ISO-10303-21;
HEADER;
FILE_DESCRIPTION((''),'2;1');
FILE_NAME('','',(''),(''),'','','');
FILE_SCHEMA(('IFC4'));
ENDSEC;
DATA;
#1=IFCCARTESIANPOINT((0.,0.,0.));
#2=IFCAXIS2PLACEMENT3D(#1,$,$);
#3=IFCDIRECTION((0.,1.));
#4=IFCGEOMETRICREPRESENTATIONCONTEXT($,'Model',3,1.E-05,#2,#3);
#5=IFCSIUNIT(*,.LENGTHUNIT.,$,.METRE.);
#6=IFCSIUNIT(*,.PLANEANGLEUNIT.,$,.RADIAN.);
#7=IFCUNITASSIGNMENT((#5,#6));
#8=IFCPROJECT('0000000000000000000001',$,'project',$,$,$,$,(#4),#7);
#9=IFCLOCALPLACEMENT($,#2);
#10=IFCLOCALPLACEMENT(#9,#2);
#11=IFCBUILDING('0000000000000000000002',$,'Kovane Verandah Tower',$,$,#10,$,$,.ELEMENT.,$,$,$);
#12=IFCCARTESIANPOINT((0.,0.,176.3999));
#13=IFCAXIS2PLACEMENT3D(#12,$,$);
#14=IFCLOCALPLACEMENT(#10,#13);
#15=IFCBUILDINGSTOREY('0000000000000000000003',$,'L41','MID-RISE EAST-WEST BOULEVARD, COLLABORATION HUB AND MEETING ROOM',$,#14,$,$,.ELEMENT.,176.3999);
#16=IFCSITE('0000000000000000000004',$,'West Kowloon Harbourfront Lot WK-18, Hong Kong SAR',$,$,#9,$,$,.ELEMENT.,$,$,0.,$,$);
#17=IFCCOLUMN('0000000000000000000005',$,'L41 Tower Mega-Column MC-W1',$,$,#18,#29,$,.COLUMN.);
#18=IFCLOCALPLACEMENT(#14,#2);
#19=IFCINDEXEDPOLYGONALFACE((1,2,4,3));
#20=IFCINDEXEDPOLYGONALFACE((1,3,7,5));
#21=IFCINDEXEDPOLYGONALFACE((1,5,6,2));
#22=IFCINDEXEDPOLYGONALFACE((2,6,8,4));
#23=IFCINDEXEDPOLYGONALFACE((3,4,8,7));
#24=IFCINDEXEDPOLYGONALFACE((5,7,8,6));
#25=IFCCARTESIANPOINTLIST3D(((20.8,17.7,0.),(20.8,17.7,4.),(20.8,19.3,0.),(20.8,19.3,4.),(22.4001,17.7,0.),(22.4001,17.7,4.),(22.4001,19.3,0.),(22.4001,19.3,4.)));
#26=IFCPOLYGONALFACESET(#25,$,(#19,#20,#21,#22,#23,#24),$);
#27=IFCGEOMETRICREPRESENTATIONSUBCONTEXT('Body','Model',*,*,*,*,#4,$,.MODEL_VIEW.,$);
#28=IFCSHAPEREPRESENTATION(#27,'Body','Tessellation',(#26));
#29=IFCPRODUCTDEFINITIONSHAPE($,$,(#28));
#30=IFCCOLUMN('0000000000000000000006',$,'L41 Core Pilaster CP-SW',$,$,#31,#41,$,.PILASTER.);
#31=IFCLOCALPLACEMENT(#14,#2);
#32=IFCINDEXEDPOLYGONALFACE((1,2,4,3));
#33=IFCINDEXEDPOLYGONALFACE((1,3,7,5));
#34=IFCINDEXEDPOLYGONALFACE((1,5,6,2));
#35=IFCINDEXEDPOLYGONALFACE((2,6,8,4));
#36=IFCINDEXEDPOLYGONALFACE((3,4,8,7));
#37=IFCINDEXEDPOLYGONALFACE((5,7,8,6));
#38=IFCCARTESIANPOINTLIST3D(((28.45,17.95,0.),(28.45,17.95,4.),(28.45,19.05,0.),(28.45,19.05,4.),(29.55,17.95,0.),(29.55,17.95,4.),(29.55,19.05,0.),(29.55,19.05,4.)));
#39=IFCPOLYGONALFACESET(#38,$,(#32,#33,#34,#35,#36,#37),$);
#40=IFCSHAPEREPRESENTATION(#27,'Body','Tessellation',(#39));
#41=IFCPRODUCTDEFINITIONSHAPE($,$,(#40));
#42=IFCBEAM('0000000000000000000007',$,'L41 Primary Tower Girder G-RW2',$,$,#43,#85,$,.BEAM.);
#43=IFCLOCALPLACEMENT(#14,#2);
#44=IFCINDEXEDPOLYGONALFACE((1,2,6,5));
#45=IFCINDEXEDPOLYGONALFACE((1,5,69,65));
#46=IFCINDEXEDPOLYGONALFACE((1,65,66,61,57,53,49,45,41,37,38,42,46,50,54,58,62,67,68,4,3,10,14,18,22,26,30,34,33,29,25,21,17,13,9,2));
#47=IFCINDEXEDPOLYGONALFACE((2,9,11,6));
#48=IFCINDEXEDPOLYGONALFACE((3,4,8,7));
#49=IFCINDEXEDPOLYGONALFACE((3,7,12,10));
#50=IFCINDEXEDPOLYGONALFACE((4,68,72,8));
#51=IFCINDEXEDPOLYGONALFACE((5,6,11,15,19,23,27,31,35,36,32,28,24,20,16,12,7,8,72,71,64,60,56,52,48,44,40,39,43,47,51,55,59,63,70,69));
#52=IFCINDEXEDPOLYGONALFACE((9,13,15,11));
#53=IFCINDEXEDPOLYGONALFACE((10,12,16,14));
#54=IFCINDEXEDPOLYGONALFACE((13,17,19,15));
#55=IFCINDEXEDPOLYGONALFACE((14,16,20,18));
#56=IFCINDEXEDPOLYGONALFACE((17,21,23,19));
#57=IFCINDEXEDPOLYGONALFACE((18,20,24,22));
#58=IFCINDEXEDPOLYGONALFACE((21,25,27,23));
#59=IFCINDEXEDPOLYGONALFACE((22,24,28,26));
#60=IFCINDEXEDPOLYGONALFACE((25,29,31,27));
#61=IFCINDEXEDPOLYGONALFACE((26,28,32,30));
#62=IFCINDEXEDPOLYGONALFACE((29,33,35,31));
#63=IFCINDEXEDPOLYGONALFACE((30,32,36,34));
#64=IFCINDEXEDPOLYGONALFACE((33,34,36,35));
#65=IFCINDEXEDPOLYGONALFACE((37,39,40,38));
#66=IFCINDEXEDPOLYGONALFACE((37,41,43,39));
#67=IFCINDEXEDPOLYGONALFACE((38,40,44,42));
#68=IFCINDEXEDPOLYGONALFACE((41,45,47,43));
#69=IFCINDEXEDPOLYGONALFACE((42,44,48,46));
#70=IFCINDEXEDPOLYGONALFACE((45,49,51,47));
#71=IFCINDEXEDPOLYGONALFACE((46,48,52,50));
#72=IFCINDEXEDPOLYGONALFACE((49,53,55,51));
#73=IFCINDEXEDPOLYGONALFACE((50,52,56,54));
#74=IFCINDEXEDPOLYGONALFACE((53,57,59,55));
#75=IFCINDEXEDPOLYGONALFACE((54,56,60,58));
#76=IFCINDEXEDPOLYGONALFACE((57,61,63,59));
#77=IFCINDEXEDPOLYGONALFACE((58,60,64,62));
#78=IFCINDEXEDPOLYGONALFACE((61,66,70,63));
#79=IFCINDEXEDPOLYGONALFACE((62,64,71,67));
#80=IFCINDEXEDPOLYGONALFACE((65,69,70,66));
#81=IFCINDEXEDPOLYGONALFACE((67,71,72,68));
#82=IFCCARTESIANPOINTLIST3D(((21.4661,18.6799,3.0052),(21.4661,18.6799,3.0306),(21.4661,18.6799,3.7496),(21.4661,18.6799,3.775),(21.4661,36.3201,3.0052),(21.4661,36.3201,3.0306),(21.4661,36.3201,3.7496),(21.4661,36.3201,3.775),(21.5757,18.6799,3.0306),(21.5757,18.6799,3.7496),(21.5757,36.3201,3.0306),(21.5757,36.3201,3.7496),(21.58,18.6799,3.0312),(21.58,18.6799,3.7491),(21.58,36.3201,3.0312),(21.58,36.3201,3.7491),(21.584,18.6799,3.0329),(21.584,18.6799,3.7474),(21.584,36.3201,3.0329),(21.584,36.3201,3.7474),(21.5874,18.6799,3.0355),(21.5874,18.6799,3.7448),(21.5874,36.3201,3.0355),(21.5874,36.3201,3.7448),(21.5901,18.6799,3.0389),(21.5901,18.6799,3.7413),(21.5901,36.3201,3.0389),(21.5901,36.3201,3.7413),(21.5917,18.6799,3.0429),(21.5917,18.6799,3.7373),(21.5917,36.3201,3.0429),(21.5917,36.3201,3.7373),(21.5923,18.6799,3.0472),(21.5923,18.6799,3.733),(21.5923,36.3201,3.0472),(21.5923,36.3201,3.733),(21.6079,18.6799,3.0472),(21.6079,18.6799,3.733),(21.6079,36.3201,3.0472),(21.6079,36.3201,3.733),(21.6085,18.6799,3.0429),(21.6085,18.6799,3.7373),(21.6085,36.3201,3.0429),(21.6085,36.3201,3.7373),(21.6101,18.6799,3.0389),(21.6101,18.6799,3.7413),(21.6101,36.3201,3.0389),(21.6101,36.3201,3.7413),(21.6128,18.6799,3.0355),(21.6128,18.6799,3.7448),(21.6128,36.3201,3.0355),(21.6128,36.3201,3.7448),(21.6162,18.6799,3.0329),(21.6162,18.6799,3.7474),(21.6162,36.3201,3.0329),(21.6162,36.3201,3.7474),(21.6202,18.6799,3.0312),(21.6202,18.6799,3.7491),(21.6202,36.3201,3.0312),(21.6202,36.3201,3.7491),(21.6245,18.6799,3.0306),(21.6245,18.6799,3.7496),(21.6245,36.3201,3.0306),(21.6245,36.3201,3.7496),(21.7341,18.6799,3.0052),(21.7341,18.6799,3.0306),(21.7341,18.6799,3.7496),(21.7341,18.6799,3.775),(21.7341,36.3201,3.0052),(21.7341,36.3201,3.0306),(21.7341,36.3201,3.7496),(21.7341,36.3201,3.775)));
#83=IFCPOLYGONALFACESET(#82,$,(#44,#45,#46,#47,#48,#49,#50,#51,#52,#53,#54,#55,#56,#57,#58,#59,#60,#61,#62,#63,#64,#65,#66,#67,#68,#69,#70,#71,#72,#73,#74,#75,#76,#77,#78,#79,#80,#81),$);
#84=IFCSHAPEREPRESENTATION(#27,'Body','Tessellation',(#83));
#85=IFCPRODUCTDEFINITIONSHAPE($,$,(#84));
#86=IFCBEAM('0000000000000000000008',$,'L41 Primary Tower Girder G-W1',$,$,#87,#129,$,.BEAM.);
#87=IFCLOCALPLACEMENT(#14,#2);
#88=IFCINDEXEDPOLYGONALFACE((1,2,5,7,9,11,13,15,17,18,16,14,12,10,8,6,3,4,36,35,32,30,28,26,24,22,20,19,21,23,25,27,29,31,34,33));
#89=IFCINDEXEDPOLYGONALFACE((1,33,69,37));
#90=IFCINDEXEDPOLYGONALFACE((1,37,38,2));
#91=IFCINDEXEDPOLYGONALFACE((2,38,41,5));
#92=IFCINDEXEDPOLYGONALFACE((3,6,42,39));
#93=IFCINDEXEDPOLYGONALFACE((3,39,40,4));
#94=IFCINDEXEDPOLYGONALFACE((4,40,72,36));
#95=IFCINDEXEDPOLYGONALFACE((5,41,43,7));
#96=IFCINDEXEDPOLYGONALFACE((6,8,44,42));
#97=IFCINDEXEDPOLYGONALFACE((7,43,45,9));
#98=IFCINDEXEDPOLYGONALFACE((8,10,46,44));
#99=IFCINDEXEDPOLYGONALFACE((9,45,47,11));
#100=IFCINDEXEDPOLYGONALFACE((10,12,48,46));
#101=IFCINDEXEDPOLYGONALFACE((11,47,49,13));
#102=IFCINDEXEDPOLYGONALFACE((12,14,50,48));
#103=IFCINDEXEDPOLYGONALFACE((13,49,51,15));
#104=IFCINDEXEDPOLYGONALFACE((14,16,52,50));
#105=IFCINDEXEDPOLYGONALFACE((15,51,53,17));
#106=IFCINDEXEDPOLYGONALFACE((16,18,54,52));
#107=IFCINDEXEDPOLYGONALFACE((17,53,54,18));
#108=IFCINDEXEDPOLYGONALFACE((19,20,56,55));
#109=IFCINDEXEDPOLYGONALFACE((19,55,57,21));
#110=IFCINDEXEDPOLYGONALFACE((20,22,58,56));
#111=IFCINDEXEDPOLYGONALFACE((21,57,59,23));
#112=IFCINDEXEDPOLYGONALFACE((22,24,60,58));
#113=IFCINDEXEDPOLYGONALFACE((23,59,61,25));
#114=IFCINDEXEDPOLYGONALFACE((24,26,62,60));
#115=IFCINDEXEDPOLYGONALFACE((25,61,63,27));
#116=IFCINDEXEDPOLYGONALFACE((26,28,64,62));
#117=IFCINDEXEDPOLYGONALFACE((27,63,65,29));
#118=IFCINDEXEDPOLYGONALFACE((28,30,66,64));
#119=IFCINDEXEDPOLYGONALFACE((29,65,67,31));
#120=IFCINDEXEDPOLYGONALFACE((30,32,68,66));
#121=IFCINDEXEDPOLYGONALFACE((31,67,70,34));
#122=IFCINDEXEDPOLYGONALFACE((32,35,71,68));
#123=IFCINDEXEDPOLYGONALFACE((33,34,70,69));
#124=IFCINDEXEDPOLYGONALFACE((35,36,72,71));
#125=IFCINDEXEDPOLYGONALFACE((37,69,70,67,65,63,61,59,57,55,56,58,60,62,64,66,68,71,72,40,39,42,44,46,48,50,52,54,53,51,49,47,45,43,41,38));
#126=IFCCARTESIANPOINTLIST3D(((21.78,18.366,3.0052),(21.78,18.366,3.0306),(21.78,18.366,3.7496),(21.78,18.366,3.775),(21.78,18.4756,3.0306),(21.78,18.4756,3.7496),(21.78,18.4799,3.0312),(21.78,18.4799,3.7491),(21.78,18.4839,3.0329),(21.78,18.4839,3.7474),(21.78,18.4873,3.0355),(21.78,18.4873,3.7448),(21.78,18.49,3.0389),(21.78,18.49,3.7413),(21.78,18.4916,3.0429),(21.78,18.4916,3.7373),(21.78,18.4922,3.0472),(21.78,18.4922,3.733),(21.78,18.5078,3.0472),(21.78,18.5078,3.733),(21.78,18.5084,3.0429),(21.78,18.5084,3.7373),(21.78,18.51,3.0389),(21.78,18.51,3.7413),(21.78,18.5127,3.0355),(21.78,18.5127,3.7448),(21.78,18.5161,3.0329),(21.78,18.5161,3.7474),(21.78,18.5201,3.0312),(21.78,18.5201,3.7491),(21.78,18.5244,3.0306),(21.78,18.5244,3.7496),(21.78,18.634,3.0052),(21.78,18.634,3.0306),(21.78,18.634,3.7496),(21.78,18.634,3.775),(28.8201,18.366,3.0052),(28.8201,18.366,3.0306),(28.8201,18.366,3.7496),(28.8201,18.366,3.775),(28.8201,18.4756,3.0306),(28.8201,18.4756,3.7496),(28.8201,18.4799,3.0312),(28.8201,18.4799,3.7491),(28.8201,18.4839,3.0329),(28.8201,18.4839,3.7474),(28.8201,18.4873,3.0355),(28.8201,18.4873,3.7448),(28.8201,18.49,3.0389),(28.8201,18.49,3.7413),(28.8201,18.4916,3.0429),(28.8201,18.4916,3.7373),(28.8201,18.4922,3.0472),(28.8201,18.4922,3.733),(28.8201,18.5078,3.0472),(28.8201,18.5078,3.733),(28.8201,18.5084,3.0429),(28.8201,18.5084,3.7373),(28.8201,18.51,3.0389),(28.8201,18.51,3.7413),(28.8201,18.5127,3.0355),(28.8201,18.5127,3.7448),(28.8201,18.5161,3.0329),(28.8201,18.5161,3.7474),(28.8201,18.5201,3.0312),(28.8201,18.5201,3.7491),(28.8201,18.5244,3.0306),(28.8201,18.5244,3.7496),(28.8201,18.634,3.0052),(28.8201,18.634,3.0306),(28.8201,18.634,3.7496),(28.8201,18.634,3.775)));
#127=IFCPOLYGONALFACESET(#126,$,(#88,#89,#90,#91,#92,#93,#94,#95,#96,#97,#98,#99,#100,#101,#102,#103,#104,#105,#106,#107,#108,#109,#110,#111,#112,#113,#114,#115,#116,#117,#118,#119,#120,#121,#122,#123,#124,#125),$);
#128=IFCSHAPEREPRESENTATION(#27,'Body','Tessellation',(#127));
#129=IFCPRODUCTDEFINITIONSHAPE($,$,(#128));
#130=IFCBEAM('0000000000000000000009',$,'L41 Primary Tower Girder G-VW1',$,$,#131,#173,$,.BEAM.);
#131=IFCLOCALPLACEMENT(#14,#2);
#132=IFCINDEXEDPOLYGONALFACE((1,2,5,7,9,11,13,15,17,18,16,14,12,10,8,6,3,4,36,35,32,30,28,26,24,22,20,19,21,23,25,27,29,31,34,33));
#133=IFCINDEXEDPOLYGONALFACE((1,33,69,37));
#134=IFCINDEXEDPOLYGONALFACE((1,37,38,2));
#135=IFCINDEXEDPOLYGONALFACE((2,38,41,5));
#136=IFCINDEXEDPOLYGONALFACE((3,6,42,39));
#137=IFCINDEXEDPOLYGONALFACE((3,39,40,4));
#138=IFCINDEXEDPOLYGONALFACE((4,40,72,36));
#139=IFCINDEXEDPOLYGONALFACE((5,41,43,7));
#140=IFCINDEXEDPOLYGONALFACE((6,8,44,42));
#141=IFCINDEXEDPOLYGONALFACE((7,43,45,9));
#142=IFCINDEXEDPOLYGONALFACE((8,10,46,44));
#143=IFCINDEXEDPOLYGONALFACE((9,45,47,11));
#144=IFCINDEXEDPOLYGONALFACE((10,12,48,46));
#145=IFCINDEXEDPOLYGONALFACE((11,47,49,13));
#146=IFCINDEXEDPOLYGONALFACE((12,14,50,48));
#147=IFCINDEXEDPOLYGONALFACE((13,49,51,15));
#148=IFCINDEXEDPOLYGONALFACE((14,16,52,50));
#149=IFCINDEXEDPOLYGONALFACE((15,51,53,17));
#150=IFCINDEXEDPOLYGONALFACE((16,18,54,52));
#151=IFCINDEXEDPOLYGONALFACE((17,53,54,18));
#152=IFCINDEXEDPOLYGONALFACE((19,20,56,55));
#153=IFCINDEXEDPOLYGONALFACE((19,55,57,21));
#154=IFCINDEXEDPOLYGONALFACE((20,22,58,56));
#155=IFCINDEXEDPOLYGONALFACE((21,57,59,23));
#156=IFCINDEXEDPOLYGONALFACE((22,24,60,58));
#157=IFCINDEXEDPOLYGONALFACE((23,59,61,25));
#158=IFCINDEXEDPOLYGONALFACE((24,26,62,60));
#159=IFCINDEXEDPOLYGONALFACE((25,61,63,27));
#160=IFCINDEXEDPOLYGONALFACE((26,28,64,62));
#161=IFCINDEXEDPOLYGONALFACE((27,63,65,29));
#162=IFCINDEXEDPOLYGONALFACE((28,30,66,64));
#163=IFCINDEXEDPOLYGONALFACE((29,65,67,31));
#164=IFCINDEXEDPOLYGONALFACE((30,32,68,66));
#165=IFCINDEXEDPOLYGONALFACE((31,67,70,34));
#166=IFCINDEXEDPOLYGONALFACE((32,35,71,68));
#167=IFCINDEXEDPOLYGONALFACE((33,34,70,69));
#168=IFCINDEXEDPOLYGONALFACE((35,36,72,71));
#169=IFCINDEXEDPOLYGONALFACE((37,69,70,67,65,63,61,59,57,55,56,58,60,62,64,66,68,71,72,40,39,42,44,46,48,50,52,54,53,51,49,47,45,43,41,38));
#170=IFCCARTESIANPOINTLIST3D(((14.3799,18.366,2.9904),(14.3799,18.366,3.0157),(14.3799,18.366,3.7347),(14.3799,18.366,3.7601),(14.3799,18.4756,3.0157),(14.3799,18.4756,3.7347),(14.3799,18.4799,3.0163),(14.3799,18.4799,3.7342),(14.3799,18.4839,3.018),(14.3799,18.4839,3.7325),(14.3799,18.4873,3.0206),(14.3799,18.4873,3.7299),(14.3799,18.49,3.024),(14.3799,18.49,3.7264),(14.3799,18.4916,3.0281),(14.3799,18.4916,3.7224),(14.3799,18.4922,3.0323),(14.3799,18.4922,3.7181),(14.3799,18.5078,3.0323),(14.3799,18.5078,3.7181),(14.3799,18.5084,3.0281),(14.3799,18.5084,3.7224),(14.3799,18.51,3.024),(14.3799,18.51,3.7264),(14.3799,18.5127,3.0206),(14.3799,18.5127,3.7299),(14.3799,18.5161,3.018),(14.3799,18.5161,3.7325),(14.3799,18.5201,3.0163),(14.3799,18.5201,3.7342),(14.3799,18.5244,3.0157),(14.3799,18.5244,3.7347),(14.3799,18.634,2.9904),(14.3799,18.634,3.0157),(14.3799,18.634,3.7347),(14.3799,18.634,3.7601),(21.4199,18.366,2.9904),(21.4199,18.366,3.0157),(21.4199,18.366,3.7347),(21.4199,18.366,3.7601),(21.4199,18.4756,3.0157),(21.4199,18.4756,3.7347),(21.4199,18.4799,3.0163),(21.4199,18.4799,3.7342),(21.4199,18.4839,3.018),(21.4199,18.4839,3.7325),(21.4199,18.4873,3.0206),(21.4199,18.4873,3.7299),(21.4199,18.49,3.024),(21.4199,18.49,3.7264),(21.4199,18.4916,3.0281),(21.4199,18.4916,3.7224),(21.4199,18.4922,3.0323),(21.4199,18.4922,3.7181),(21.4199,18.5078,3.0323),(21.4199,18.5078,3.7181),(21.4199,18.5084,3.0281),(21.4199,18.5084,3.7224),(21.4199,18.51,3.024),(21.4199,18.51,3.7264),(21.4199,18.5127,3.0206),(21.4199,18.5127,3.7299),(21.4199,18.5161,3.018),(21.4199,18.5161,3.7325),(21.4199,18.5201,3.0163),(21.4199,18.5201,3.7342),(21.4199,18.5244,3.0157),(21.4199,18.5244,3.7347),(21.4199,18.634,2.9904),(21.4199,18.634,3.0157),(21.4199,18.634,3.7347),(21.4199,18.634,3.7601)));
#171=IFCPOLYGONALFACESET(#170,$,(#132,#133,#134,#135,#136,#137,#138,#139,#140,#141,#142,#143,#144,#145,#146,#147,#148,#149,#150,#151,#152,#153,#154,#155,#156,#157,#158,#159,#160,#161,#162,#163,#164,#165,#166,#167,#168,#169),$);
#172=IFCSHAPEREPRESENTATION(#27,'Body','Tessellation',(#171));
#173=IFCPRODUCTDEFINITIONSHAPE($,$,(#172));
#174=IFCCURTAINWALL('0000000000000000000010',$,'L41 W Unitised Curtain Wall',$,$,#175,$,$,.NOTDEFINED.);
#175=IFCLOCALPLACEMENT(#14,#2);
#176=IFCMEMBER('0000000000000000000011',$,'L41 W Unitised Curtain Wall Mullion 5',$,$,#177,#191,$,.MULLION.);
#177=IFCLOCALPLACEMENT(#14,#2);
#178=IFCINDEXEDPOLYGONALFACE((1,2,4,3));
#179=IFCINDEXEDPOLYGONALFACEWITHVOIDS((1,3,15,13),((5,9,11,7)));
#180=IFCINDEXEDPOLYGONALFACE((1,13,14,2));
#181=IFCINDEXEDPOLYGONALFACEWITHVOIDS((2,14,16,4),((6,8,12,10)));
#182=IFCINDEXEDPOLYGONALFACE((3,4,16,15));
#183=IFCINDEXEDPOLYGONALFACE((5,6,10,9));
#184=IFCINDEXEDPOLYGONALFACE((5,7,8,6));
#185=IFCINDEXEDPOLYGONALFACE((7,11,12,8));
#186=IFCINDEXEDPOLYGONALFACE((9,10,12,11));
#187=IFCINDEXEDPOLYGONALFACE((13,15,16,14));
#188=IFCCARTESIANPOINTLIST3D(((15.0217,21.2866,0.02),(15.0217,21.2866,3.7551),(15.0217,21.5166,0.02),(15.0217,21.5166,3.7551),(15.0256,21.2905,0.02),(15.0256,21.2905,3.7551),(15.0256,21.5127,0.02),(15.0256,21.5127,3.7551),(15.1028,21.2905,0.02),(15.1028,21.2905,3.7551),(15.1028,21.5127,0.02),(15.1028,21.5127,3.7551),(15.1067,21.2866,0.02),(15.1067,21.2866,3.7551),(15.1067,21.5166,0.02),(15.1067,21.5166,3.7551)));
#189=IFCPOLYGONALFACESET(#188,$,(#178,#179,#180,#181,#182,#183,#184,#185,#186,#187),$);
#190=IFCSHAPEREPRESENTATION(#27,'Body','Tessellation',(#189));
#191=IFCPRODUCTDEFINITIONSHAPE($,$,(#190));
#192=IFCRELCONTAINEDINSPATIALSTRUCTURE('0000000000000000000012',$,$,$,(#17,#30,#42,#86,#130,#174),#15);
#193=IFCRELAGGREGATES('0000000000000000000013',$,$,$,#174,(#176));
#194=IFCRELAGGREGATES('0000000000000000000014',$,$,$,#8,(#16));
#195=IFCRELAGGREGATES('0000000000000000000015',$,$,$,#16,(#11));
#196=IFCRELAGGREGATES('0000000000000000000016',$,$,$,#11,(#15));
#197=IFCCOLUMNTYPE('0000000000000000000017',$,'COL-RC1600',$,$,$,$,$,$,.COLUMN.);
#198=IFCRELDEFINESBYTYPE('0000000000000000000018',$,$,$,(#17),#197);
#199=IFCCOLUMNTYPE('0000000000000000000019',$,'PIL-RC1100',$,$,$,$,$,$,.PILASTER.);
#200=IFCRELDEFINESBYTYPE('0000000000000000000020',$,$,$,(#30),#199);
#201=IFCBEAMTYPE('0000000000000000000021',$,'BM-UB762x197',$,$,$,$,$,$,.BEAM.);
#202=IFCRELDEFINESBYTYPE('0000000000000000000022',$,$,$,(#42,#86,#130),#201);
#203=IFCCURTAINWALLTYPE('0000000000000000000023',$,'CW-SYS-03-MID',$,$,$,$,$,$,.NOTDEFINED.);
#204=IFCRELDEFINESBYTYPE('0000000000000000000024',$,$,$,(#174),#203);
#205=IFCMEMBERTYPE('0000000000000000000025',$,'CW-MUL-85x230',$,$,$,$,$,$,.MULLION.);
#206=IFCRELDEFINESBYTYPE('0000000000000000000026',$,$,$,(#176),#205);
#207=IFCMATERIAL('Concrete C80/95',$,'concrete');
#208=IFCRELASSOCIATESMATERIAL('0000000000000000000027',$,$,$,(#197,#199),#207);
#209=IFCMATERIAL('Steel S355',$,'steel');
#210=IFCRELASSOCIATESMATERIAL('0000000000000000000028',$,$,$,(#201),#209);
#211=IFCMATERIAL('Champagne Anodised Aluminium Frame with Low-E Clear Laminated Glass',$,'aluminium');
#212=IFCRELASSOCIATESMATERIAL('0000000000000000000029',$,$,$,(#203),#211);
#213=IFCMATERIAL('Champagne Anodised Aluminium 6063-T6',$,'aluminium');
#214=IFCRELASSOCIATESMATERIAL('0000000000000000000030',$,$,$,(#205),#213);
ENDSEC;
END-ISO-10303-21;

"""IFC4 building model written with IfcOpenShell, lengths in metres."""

from ifc_helpers import new_model, si_unit, direction, frame, origin, origin_2d, place, context, subcontext, project, spatial, rectangle, hollow_rectangle, i_section, extrude, material, material_profile, profile_set, type_object, element, aggregate, save


model = new_model("IFC4")

# Units and contexts
model_context = context("Model", 3, precision=1e-05, world=origin(), true_north=direction((0.0, 1.0)))
body_context = subcontext(model_context, "Body", "Model", "MODEL_VIEW")
ifc_project = project(units=[si_unit("LENGTHUNIT", "METRE"), si_unit("PLANEANGLEUNIT", "RADIAN")], contexts=[model_context])

# Site, building, storey
site_placement = place(None, origin())
site = spatial("IfcSite", under=ifc_project, at=site_placement, Name="West Kowloon Harbourfront Lot WK-18, Hong Kong SAR", CompositionType="ELEMENT", RefElevation=0.0)
building_placement = place(site_placement, origin())
building = spatial("IfcBuilding", under=site, at=building_placement, Name="Kovane Verandah Tower", CompositionType="ELEMENT")
storey_placement = place(building_placement, frame((0.0, 0.0, 176.3999)))
storey = spatial("IfcBuildingStorey", under=building, at=storey_placement, Name="L41", Description="MID-RISE EAST-WEST BOULEVARD, COLLABORATION HUB AND MEETING ROOM", CompositionType="ELEMENT", Elevation=176.3999)

# Columns
ifc_material_1 = material(Name="Concrete C80/95", Category="concrete")
ifc_material_profile_1 = material_profile(ifc_material_1, rectangle(XDim=1.6001, YDim=1.6001, at=origin_2d()), Name="RC1600x1600")
ifc_profile_set_1 = profile_set([ifc_material_profile_1], Name="Concrete C80/95")
column_type_1 = type_object("IfcColumnType", Name="COL-RC1600", PredefinedType="COLUMN", material=ifc_profile_set_1)
column_1_placement = place(storey_placement, frame((21.6001, 18.5, 0.0), z_axis=(0.0, 0.0, 1.0), x_axis=(1.0, 0.0, 0.0)))
element("IfcColumn", 1, at=column_1_placement, inside=storey, type_object=column_type_1, Name="L41 Tower Mega-Column MC-W1", PredefinedType="COLUMN", context=body_context, shape_type="SweptSolid", body=[
    extrude(rectangle(XDim=1.6001, YDim=1.6001, at=origin_2d()), origin(), (0.0, 0.0, 1.0), 4.0),
])
ifc_material_profile_2 = material_profile(ifc_material_1, rectangle(XDim=1.1001, YDim=1.1001, at=origin_2d()), Name="RC1100x1100")
ifc_profile_set_2 = profile_set([ifc_material_profile_2], Name="Concrete C80/95")
column_type_2 = type_object("IfcColumnType", Name="PIL-RC1100", PredefinedType="PILASTER", material=ifc_profile_set_2)
column_2_placement = place(storey_placement, frame((29.0, 18.5, 0.0), z_axis=(0.0, 0.0, 1.0), x_axis=(1.0, 0.0, 0.0)))
element("IfcColumn", 2, at=column_2_placement, inside=storey, type_object=column_type_2, Name="L41 Core Pilaster CP-SW", PredefinedType="PILASTER", context=body_context, shape_type="SweptSolid", body=[
    extrude(rectangle(XDim=1.1001, YDim=1.1001, at=origin_2d()), origin(), (0.0, 0.0, 1.0), 4.0),
])

# Beams
ifc_material_2 = material(Name="Steel S355", Category="steel")
ifc_material_profile_3 = material_profile(ifc_material_2, i_section(OverallWidth=0.2681, OverallDepth=0.7698, WebThickness=0.0156, FlangeThickness=0.0254, FilletRadius=0.0166, at=origin_2d()), Name="UB762x267x197")
ifc_profile_set_3 = profile_set([ifc_material_profile_3], Name="Steel S355")
beam_type_1 = type_object("IfcBeamType", Name="BM-UB762x197", PredefinedType="BEAM", material=ifc_profile_set_3)
beam_1_placement = place(storey_placement, frame((21.6001, 18.6799, 3.3901), z_axis=(0.0, 1.0, 0.0), x_axis=(-1.0, 0.0, 0.0)))
element("IfcBeam", 3, at=beam_1_placement, inside=storey, type_object=beam_type_1, Name="L41 Primary Tower Girder G-RW2", PredefinedType="BEAM", context=body_context, shape_type="SweptSolid", body=[
    extrude(i_section(OverallWidth=0.2681, OverallDepth=0.7698, WebThickness=0.0156, FlangeThickness=0.0254, FilletRadius=0.0166, at=origin_2d()), origin(), (0.0, 0.0, 1.0), 17.6401),
])
for number, where, z_axis, x_axis, name in (
    (4, (28.8201, 18.5, 3.3901), (-1.0, 0.0, 0.0), (0.0, -1.0, 0.0), "L41 Primary Tower Girder G-W1"),
    (5, (21.4199, 18.5, 3.3752), (-1.0, 0.0, 0.0), (0.0, -1.0, 0.0), "L41 Primary Tower Girder G-VW1"),
):
    element("IfcBeam", number, at=place(storey_placement, frame(where, z_axis=z_axis, x_axis=x_axis)), inside=storey, type_object=beam_type_1, Name=name, PredefinedType="BEAM", context=body_context, shape_type="SweptSolid", body=[
        extrude(i_section(OverallWidth=0.2681, OverallDepth=0.7698, WebThickness=0.0156, FlangeThickness=0.0254, FilletRadius=0.0166, at=origin_2d()), origin(), (0.0, 0.0, 1.0), 7.04),
    ])

# Curtain wall, member
ifc_material_3 = material(Name="Champagne Anodised Aluminium Frame with Low-E Clear Laminated Glass", Category="aluminium")
curtain_wall_type = type_object("IfcCurtainWallType", Name="CW-SYS-03-MID", PredefinedType="NOTDEFINED", material=ifc_material_3)
curtain_wall_placement = place(storey_placement, origin())
curtain_wall = element("IfcCurtainWall", 6, at=curtain_wall_placement, inside=storey, type_object=curtain_wall_type, Name="L41 W Unitised Curtain Wall", PredefinedType="NOTDEFINED")
ifc_material_4 = material(Name="Champagne Anodised Aluminium 6063-T6", Category="aluminium")
ifc_material_profile_4 = material_profile(ifc_material_4, hollow_rectangle(XDim=0.085, YDim=0.23, WallThickness=0.0039, at=origin_2d()), Name="AL85x230x4")
ifc_profile_set_4 = profile_set([ifc_material_profile_4], Name="Champagne Anodised Aluminium 6063-T6")
member_type_1 = type_object("IfcMemberType", Name="CW-MUL-85x230", PredefinedType="MULLION", material=ifc_profile_set_4)
member_1_placement = place(storey_placement, frame((15.0642, 21.4016, 0.02), z_axis=(0.0, 0.0, 1.0), x_axis=(-1.0, 0.0, 0.0)))
member_1 = element("IfcMember", 7, at=member_1_placement, type_object=member_type_1, Name="L41 W Unitised Curtain Wall Mullion 5", PredefinedType="MULLION", context=body_context, shape_type="SweptSolid", body=[
    extrude(hollow_rectangle(XDim=0.085, YDim=0.23, WallThickness=0.0039, at=origin_2d()), origin(), (0.0, 0.0, 1.0), 3.7351),
])

aggregate(curtain_wall, [member_1])

save(model, "model.ifc")
